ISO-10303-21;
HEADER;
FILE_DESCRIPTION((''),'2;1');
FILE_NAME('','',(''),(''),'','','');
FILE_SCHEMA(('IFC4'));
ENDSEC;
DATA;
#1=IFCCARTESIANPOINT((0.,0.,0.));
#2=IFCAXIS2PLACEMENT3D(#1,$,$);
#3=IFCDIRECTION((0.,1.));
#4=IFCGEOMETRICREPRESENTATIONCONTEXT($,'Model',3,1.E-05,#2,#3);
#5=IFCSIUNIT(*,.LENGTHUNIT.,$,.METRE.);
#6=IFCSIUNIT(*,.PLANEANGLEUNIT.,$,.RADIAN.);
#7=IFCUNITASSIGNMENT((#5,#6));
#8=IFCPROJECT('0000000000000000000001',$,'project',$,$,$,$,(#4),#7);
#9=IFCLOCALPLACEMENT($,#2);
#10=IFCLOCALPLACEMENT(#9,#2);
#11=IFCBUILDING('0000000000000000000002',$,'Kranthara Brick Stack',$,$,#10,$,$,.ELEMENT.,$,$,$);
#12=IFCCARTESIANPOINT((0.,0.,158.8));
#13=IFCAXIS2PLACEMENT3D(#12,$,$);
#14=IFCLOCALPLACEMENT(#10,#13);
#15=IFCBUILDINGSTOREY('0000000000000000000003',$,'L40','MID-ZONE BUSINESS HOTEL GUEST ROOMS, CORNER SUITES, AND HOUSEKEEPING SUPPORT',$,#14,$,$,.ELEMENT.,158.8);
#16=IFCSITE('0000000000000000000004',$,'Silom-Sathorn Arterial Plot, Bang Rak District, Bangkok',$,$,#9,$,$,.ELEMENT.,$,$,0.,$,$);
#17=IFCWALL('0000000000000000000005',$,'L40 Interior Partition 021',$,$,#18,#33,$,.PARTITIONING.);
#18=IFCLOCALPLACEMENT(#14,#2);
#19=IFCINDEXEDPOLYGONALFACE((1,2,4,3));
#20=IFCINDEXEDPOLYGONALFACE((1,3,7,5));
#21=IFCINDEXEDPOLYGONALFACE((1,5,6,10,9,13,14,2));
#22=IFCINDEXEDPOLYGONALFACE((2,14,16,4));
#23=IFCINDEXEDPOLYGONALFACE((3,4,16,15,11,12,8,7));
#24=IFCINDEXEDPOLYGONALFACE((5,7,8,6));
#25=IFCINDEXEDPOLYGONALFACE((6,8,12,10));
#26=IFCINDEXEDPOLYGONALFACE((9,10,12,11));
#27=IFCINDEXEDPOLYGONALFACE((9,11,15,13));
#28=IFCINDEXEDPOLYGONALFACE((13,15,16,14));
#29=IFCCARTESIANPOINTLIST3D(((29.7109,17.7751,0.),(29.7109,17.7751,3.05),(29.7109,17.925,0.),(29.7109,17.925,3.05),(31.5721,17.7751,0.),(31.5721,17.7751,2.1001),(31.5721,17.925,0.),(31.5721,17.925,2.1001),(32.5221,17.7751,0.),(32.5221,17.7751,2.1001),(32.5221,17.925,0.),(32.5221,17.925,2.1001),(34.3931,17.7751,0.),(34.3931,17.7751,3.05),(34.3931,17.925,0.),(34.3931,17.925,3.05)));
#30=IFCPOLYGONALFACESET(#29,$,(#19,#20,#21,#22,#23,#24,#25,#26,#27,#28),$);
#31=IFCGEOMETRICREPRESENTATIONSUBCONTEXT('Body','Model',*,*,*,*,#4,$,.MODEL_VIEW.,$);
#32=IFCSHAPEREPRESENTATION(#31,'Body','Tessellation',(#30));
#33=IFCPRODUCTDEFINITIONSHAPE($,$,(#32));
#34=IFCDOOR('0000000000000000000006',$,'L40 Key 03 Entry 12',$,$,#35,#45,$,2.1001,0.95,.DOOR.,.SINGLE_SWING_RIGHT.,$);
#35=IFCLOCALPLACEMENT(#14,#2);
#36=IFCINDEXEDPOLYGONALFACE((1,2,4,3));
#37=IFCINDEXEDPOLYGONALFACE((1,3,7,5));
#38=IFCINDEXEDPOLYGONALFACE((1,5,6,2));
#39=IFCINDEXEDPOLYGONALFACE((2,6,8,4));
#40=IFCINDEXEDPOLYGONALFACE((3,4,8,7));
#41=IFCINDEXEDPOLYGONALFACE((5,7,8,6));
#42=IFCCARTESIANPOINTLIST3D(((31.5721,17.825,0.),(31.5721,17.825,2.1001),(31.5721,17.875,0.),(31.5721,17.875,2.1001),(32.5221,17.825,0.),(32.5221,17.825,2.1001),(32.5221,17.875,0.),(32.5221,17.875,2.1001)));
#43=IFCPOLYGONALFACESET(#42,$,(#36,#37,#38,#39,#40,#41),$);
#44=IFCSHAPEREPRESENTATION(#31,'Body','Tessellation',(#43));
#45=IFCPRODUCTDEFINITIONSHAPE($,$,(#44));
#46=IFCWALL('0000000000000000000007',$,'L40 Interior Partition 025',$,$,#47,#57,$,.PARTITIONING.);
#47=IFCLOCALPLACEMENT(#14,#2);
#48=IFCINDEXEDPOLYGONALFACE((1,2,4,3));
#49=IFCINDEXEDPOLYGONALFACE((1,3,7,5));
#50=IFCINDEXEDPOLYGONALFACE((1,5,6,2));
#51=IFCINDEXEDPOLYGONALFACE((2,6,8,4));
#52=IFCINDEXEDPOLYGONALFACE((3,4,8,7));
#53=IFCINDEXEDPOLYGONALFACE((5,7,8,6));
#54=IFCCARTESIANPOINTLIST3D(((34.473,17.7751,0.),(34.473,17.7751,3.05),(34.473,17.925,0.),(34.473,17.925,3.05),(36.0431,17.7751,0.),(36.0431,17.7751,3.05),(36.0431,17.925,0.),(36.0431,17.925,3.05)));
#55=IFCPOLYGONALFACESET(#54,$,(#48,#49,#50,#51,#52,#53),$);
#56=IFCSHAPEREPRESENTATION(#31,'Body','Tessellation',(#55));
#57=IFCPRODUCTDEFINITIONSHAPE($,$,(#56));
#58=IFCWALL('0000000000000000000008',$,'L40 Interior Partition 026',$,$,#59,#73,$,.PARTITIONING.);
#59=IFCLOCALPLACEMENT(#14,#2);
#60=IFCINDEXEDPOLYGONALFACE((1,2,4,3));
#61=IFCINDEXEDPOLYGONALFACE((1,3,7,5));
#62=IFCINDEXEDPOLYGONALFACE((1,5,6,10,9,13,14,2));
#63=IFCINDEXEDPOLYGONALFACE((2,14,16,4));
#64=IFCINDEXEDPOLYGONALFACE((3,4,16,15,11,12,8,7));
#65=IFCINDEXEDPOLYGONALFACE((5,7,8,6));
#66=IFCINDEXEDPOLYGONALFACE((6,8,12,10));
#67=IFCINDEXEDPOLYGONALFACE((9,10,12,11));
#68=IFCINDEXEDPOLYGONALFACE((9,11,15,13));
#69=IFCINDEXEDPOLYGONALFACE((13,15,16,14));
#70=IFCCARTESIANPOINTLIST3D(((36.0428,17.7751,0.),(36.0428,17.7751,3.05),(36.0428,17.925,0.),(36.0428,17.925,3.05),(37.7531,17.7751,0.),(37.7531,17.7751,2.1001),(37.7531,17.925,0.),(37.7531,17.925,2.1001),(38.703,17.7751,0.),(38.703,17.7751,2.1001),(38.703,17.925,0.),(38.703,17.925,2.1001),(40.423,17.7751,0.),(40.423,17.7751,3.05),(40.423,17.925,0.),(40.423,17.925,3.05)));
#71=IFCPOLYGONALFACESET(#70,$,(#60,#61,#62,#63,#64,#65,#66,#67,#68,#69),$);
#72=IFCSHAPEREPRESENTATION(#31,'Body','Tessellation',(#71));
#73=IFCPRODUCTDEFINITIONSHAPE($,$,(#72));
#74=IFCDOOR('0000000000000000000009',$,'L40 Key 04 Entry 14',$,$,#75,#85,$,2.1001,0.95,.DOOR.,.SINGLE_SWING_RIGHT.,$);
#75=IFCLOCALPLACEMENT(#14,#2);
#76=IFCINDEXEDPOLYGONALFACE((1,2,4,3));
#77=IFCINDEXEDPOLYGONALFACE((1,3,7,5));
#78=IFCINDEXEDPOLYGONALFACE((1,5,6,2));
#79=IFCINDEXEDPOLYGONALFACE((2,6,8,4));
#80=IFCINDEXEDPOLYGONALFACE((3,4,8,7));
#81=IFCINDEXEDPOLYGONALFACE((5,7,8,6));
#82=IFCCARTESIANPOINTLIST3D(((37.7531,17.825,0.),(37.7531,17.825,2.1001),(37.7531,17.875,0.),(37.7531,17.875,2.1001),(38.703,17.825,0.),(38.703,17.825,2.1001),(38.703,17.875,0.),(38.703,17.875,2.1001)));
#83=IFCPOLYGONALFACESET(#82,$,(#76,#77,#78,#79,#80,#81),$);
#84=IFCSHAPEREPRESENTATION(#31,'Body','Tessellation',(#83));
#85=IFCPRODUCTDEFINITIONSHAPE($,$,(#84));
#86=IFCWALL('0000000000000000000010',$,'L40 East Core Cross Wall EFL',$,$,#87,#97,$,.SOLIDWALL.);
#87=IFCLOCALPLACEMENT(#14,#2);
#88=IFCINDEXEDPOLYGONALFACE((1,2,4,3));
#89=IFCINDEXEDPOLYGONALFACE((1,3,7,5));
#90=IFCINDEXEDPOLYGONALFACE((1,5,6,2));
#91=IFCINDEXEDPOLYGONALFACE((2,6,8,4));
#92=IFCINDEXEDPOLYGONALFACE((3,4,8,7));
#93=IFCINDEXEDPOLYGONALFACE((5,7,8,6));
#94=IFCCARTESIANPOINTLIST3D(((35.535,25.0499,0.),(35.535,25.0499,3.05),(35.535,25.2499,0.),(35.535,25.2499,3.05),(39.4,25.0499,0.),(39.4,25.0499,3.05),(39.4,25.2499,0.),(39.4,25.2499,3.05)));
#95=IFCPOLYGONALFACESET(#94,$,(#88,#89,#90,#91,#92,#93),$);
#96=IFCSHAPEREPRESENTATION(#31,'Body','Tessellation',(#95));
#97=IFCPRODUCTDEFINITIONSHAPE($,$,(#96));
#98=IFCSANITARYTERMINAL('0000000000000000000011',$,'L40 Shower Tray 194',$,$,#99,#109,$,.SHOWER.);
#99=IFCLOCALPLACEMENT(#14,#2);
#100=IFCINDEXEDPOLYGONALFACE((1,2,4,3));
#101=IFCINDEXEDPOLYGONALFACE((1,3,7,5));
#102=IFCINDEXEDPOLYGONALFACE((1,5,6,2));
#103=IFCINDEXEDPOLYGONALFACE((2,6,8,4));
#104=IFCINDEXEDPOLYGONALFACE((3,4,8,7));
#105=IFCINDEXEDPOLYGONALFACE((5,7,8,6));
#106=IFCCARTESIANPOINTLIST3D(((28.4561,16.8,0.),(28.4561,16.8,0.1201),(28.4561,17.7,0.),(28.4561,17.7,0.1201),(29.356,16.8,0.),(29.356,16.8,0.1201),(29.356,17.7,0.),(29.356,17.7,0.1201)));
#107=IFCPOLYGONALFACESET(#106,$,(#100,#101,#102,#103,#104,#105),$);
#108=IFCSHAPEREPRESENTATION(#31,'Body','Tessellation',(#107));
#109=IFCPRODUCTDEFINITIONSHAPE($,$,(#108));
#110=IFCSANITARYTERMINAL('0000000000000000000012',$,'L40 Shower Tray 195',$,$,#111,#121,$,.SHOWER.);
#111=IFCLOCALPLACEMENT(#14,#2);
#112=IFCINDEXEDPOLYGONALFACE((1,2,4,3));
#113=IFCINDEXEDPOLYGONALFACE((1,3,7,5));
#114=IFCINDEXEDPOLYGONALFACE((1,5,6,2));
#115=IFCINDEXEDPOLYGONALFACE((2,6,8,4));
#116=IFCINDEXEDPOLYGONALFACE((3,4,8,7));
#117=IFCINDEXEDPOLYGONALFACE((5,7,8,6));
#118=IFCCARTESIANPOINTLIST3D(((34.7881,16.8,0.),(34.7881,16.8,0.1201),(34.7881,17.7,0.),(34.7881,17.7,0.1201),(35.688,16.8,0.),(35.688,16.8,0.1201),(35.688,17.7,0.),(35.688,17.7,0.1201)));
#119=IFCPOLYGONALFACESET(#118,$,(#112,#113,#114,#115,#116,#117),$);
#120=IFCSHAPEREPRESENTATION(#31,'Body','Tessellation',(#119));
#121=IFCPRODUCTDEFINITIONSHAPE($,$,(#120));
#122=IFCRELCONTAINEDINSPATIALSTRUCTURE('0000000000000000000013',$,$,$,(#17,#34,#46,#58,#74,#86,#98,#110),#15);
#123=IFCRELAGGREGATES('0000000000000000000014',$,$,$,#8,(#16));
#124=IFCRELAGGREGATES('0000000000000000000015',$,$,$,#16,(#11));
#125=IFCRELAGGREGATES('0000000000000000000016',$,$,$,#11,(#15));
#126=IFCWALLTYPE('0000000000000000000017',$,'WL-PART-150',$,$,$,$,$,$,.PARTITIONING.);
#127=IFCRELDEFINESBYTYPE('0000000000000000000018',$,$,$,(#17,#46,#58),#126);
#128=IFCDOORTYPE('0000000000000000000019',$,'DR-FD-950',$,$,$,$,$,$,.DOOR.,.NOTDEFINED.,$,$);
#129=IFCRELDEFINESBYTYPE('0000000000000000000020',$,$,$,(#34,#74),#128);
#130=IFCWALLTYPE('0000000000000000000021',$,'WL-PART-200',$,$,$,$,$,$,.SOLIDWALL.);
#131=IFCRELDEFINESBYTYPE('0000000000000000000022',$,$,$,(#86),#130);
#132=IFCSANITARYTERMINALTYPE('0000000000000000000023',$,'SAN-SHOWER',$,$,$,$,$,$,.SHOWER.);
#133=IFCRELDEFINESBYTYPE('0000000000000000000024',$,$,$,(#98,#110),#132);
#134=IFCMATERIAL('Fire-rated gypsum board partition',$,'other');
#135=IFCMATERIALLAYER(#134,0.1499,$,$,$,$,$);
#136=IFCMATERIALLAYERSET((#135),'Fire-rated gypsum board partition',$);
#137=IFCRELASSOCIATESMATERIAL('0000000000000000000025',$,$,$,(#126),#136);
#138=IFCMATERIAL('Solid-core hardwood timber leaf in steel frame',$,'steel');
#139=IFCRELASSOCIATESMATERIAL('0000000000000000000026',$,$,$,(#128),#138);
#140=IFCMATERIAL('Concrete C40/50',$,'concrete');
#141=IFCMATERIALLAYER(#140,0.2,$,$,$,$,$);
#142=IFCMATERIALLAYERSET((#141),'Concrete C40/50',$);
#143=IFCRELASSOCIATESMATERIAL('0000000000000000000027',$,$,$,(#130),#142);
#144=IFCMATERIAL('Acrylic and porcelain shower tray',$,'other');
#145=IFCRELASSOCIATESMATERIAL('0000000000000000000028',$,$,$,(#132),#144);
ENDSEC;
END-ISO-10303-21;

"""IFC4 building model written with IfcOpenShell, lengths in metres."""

from ifc_helpers import new_model, si_unit, direction, frame, frame_2d, origin, origin_2d, place, context, subcontext, project, spatial, rectangle, extrude, material, layer, layer_set, type_object, element, fill, save


model = new_model("IFC4")

# Units and contexts
model_context = context("Model", 3, precision=1e-05, world=origin(), true_north=direction((0.0, 1.0)))
body_context = subcontext(model_context, "Body", "Model", "MODEL_VIEW")
ifc_project = project(units=[si_unit("LENGTHUNIT", "METRE"), si_unit("PLANEANGLEUNIT", "RADIAN")], contexts=[model_context])

# Site, building, storey
site_placement = place(None, origin())
site = spatial("IfcSite", under=ifc_project, at=site_placement, Name="Silom-Sathorn Arterial Plot, Bang Rak District, Bangkok", CompositionType="ELEMENT", RefElevation=0.0)
building_placement = place(site_placement, origin())
building = spatial("IfcBuilding", under=site, at=building_placement, Name="Kranthara Brick Stack", CompositionType="ELEMENT")
storey_placement = place(building_placement, frame((0.0, 0.0, 158.8)))
storey = spatial("IfcBuildingStorey", under=building, at=storey_placement, Name="L40", Description="MID-ZONE BUSINESS HOTEL GUEST ROOMS, CORNER SUITES, AND HOUSEKEEPING SUPPORT", CompositionType="ELEMENT", Elevation=158.8)

# Shared definitions
ifc_material_1 = material(Name="Fire-rated gypsum board partition", Category="other")
ifc_layer_1 = layer(ifc_material_1, 0.1499)
ifc_layer_set_1 = layer_set([ifc_layer_1], Name="Fire-rated gypsum board partition")
wall_type_1 = type_object("IfcWallType", Name="WL-PART-150", PredefinedType="PARTITIONING", material=ifc_layer_set_1)

# Wall, opening, door
wall_1_placement = place(storey_placement, frame((29.7109, 17.8501, 0.0), z_axis=(0.0, 0.0, 1.0), x_axis=(1.0, 0.0, 0.0)))
wall_1 = element("IfcWall", 1, at=wall_1_placement, inside=storey, type_object=wall_type_1, Name="L40 Interior Partition 021", PredefinedType="PARTITIONING", context=body_context, shape_type="SweptSolid", body=[
    extrude(rectangle(XDim=4.6821, YDim=0.1499, at=frame_2d((2.3411, 0.0))), origin(), (0.0, 0.0, 1.0), 3.05),
])
opening_1_placement = place(wall_1_placement, frame((1.8611, 0.0, 0.0)))
opening_1 = element("IfcOpeningElement", 2, at=opening_1_placement, cuts=wall_1, PredefinedType="OPENING", context=body_context, shape_type="SweptSolid", body=[
    extrude(rectangle(XDim=0.95, YDim=2.1001, at=frame_2d((0.4751, 1.05))), frame((0.0, 0.085, 0.0), z_axis=(0.0, -1.0, 0.0), x_axis=(1.0, 0.0, 0.0)), (0.0, 0.0, 1.0), 0.1699),
])
ifc_material_2 = material(Name="Solid-core hardwood timber leaf in steel frame", Category="steel")
door_type_1 = type_object("IfcDoorType", Name="DR-FD-950", OperationType="NOTDEFINED", PredefinedType="DOOR", material=ifc_material_2)
door_1_placement = place(opening_1_placement, origin())
door_1 = element("IfcDoor", 3, at=door_1_placement, inside=storey, type_object=door_type_1, Name="L40 Key 03 Entry 12", OperationType="SINGLE_SWING_RIGHT", OverallHeight=2.1001, OverallWidth=0.95, PredefinedType="DOOR", context=body_context, shape_type="SweptSolid", body=[
    extrude(rectangle(XDim=0.95, YDim=2.1001, at=frame_2d((0.4751, 1.05))), frame((0.0, 0.0249, 0.0), z_axis=(0.0, -1.0, 0.0), x_axis=(1.0, 0.0, 0.0)), (0.0, 0.0, 1.0), 0.05),
])
fill(opening_1, door_1)

# Wall
wall_2_placement = place(storey_placement, frame((34.4729, 17.8501, 0.0), z_axis=(0.0, 0.0, 1.0), x_axis=(1.0, 0.0, 0.0)))
element("IfcWall", 4, at=wall_2_placement, inside=storey, type_object=wall_type_1, Name="L40 Interior Partition 025", PredefinedType="PARTITIONING", context=body_context, shape_type="SweptSolid", body=[
    extrude(rectangle(XDim=1.5701, YDim=0.1499, at=frame_2d((0.7852, 0.0))), origin(), (0.0, 0.0, 1.0), 3.05),
])

# Wall, opening, door
wall_3_placement = place(storey_placement, frame((36.043, 17.8501, 0.0), z_axis=(0.0, 0.0, 1.0), x_axis=(1.0, 0.0, 0.0)))
wall_3 = element("IfcWall", 5, at=wall_3_placement, inside=storey, type_object=wall_type_1, Name="L40 Interior Partition 026", PredefinedType="PARTITIONING", context=body_context, shape_type="SweptSolid", body=[
    extrude(rectangle(XDim=4.3801, YDim=0.1499, at=frame_2d((2.1899, 0.0))), origin(), (0.0, 0.0, 1.0), 3.05),
])
opening_2_placement = place(wall_3_placement, frame((1.71, 0.0, 0.0)))
opening_2 = element("IfcOpeningElement", 6, at=opening_2_placement, cuts=wall_3, PredefinedType="OPENING", context=body_context, shape_type="SweptSolid", body=[
    extrude(rectangle(XDim=0.95, YDim=2.1001, at=frame_2d((0.4751, 1.05))), frame((0.0, 0.085, 0.0), z_axis=(0.0, -1.0, 0.0), x_axis=(1.0, 0.0, 0.0)), (0.0, 0.0, 1.0), 0.1699),
])
door_2_placement = place(opening_2_placement, origin())
door_2 = element("IfcDoor", 7, at=door_2_placement, inside=storey, type_object=door_type_1, Name="L40 Key 04 Entry 14", OperationType="SINGLE_SWING_RIGHT", OverallHeight=2.1001, OverallWidth=0.95, PredefinedType="DOOR", context=body_context, shape_type="SweptSolid", body=[
    extrude(rectangle(XDim=0.95, YDim=2.1001, at=frame_2d((0.4751, 1.05))), frame((0.0, 0.0249, 0.0), z_axis=(0.0, -1.0, 0.0), x_axis=(1.0, 0.0, 0.0)), (0.0, 0.0, 1.0), 0.05),
])
fill(opening_2, door_2)

# Wall
ifc_material_3 = material(Name="Concrete C40/50", Category="concrete")
ifc_layer_2 = layer(ifc_material_3, 0.2)
ifc_layer_set_2 = layer_set([ifc_layer_2], Name="Concrete C40/50")
wall_type_2 = type_object("IfcWallType", Name="WL-PART-200", PredefinedType="SOLIDWALL", material=ifc_layer_set_2)
wall_4_placement = place(storey_placement, frame((35.5349, 25.1499, 0.0), z_axis=(0.0, 0.0, 1.0), x_axis=(1.0, 0.0, 0.0)))
element("IfcWall", 8, at=wall_4_placement, inside=storey, type_object=wall_type_2, Name="L40 East Core Cross Wall EFL", PredefinedType="SOLIDWALL", context=body_context, shape_type="SweptSolid", body=[
    extrude(rectangle(XDim=3.865, YDim=0.2, at=frame_2d((1.9326, 0.0))), origin(), (0.0, 0.0, 1.0), 3.05),
])

# Sanitary terminals
ifc_material_4 = material(Name="Acrylic and porcelain shower tray", Category="other")
sanitary_terminal_type = type_object("IfcSanitaryTerminalType", Name="SAN-SHOWER", PredefinedType="SHOWER", material=ifc_material_4)
for number, where, z_axis, x_axis, name in (
    (9, (28.906, 17.25, 0.0), (0.0, 0.0, 1.0), (1.0, 0.0, 0.0), "L40 Shower Tray 194"),
    (10, (35.238, 17.25, 0.0), (0.0, 0.0, 1.0), (1.0, 0.0, 0.0), "L40 Shower Tray 195"),
):
    element("IfcSanitaryTerminal", number, at=place(storey_placement, frame(where, z_axis=z_axis, x_axis=x_axis)), inside=storey, type_object=sanitary_terminal_type, Name=name, PredefinedType="SHOWER", context=body_context, shape_type="SweptSolid", body=[
        extrude(rectangle(XDim=0.8999, YDim=0.8999, at=origin_2d()), origin(), (0.0, 0.0, 1.0), 0.1201),
    ])

save(model, "model.ifc")
